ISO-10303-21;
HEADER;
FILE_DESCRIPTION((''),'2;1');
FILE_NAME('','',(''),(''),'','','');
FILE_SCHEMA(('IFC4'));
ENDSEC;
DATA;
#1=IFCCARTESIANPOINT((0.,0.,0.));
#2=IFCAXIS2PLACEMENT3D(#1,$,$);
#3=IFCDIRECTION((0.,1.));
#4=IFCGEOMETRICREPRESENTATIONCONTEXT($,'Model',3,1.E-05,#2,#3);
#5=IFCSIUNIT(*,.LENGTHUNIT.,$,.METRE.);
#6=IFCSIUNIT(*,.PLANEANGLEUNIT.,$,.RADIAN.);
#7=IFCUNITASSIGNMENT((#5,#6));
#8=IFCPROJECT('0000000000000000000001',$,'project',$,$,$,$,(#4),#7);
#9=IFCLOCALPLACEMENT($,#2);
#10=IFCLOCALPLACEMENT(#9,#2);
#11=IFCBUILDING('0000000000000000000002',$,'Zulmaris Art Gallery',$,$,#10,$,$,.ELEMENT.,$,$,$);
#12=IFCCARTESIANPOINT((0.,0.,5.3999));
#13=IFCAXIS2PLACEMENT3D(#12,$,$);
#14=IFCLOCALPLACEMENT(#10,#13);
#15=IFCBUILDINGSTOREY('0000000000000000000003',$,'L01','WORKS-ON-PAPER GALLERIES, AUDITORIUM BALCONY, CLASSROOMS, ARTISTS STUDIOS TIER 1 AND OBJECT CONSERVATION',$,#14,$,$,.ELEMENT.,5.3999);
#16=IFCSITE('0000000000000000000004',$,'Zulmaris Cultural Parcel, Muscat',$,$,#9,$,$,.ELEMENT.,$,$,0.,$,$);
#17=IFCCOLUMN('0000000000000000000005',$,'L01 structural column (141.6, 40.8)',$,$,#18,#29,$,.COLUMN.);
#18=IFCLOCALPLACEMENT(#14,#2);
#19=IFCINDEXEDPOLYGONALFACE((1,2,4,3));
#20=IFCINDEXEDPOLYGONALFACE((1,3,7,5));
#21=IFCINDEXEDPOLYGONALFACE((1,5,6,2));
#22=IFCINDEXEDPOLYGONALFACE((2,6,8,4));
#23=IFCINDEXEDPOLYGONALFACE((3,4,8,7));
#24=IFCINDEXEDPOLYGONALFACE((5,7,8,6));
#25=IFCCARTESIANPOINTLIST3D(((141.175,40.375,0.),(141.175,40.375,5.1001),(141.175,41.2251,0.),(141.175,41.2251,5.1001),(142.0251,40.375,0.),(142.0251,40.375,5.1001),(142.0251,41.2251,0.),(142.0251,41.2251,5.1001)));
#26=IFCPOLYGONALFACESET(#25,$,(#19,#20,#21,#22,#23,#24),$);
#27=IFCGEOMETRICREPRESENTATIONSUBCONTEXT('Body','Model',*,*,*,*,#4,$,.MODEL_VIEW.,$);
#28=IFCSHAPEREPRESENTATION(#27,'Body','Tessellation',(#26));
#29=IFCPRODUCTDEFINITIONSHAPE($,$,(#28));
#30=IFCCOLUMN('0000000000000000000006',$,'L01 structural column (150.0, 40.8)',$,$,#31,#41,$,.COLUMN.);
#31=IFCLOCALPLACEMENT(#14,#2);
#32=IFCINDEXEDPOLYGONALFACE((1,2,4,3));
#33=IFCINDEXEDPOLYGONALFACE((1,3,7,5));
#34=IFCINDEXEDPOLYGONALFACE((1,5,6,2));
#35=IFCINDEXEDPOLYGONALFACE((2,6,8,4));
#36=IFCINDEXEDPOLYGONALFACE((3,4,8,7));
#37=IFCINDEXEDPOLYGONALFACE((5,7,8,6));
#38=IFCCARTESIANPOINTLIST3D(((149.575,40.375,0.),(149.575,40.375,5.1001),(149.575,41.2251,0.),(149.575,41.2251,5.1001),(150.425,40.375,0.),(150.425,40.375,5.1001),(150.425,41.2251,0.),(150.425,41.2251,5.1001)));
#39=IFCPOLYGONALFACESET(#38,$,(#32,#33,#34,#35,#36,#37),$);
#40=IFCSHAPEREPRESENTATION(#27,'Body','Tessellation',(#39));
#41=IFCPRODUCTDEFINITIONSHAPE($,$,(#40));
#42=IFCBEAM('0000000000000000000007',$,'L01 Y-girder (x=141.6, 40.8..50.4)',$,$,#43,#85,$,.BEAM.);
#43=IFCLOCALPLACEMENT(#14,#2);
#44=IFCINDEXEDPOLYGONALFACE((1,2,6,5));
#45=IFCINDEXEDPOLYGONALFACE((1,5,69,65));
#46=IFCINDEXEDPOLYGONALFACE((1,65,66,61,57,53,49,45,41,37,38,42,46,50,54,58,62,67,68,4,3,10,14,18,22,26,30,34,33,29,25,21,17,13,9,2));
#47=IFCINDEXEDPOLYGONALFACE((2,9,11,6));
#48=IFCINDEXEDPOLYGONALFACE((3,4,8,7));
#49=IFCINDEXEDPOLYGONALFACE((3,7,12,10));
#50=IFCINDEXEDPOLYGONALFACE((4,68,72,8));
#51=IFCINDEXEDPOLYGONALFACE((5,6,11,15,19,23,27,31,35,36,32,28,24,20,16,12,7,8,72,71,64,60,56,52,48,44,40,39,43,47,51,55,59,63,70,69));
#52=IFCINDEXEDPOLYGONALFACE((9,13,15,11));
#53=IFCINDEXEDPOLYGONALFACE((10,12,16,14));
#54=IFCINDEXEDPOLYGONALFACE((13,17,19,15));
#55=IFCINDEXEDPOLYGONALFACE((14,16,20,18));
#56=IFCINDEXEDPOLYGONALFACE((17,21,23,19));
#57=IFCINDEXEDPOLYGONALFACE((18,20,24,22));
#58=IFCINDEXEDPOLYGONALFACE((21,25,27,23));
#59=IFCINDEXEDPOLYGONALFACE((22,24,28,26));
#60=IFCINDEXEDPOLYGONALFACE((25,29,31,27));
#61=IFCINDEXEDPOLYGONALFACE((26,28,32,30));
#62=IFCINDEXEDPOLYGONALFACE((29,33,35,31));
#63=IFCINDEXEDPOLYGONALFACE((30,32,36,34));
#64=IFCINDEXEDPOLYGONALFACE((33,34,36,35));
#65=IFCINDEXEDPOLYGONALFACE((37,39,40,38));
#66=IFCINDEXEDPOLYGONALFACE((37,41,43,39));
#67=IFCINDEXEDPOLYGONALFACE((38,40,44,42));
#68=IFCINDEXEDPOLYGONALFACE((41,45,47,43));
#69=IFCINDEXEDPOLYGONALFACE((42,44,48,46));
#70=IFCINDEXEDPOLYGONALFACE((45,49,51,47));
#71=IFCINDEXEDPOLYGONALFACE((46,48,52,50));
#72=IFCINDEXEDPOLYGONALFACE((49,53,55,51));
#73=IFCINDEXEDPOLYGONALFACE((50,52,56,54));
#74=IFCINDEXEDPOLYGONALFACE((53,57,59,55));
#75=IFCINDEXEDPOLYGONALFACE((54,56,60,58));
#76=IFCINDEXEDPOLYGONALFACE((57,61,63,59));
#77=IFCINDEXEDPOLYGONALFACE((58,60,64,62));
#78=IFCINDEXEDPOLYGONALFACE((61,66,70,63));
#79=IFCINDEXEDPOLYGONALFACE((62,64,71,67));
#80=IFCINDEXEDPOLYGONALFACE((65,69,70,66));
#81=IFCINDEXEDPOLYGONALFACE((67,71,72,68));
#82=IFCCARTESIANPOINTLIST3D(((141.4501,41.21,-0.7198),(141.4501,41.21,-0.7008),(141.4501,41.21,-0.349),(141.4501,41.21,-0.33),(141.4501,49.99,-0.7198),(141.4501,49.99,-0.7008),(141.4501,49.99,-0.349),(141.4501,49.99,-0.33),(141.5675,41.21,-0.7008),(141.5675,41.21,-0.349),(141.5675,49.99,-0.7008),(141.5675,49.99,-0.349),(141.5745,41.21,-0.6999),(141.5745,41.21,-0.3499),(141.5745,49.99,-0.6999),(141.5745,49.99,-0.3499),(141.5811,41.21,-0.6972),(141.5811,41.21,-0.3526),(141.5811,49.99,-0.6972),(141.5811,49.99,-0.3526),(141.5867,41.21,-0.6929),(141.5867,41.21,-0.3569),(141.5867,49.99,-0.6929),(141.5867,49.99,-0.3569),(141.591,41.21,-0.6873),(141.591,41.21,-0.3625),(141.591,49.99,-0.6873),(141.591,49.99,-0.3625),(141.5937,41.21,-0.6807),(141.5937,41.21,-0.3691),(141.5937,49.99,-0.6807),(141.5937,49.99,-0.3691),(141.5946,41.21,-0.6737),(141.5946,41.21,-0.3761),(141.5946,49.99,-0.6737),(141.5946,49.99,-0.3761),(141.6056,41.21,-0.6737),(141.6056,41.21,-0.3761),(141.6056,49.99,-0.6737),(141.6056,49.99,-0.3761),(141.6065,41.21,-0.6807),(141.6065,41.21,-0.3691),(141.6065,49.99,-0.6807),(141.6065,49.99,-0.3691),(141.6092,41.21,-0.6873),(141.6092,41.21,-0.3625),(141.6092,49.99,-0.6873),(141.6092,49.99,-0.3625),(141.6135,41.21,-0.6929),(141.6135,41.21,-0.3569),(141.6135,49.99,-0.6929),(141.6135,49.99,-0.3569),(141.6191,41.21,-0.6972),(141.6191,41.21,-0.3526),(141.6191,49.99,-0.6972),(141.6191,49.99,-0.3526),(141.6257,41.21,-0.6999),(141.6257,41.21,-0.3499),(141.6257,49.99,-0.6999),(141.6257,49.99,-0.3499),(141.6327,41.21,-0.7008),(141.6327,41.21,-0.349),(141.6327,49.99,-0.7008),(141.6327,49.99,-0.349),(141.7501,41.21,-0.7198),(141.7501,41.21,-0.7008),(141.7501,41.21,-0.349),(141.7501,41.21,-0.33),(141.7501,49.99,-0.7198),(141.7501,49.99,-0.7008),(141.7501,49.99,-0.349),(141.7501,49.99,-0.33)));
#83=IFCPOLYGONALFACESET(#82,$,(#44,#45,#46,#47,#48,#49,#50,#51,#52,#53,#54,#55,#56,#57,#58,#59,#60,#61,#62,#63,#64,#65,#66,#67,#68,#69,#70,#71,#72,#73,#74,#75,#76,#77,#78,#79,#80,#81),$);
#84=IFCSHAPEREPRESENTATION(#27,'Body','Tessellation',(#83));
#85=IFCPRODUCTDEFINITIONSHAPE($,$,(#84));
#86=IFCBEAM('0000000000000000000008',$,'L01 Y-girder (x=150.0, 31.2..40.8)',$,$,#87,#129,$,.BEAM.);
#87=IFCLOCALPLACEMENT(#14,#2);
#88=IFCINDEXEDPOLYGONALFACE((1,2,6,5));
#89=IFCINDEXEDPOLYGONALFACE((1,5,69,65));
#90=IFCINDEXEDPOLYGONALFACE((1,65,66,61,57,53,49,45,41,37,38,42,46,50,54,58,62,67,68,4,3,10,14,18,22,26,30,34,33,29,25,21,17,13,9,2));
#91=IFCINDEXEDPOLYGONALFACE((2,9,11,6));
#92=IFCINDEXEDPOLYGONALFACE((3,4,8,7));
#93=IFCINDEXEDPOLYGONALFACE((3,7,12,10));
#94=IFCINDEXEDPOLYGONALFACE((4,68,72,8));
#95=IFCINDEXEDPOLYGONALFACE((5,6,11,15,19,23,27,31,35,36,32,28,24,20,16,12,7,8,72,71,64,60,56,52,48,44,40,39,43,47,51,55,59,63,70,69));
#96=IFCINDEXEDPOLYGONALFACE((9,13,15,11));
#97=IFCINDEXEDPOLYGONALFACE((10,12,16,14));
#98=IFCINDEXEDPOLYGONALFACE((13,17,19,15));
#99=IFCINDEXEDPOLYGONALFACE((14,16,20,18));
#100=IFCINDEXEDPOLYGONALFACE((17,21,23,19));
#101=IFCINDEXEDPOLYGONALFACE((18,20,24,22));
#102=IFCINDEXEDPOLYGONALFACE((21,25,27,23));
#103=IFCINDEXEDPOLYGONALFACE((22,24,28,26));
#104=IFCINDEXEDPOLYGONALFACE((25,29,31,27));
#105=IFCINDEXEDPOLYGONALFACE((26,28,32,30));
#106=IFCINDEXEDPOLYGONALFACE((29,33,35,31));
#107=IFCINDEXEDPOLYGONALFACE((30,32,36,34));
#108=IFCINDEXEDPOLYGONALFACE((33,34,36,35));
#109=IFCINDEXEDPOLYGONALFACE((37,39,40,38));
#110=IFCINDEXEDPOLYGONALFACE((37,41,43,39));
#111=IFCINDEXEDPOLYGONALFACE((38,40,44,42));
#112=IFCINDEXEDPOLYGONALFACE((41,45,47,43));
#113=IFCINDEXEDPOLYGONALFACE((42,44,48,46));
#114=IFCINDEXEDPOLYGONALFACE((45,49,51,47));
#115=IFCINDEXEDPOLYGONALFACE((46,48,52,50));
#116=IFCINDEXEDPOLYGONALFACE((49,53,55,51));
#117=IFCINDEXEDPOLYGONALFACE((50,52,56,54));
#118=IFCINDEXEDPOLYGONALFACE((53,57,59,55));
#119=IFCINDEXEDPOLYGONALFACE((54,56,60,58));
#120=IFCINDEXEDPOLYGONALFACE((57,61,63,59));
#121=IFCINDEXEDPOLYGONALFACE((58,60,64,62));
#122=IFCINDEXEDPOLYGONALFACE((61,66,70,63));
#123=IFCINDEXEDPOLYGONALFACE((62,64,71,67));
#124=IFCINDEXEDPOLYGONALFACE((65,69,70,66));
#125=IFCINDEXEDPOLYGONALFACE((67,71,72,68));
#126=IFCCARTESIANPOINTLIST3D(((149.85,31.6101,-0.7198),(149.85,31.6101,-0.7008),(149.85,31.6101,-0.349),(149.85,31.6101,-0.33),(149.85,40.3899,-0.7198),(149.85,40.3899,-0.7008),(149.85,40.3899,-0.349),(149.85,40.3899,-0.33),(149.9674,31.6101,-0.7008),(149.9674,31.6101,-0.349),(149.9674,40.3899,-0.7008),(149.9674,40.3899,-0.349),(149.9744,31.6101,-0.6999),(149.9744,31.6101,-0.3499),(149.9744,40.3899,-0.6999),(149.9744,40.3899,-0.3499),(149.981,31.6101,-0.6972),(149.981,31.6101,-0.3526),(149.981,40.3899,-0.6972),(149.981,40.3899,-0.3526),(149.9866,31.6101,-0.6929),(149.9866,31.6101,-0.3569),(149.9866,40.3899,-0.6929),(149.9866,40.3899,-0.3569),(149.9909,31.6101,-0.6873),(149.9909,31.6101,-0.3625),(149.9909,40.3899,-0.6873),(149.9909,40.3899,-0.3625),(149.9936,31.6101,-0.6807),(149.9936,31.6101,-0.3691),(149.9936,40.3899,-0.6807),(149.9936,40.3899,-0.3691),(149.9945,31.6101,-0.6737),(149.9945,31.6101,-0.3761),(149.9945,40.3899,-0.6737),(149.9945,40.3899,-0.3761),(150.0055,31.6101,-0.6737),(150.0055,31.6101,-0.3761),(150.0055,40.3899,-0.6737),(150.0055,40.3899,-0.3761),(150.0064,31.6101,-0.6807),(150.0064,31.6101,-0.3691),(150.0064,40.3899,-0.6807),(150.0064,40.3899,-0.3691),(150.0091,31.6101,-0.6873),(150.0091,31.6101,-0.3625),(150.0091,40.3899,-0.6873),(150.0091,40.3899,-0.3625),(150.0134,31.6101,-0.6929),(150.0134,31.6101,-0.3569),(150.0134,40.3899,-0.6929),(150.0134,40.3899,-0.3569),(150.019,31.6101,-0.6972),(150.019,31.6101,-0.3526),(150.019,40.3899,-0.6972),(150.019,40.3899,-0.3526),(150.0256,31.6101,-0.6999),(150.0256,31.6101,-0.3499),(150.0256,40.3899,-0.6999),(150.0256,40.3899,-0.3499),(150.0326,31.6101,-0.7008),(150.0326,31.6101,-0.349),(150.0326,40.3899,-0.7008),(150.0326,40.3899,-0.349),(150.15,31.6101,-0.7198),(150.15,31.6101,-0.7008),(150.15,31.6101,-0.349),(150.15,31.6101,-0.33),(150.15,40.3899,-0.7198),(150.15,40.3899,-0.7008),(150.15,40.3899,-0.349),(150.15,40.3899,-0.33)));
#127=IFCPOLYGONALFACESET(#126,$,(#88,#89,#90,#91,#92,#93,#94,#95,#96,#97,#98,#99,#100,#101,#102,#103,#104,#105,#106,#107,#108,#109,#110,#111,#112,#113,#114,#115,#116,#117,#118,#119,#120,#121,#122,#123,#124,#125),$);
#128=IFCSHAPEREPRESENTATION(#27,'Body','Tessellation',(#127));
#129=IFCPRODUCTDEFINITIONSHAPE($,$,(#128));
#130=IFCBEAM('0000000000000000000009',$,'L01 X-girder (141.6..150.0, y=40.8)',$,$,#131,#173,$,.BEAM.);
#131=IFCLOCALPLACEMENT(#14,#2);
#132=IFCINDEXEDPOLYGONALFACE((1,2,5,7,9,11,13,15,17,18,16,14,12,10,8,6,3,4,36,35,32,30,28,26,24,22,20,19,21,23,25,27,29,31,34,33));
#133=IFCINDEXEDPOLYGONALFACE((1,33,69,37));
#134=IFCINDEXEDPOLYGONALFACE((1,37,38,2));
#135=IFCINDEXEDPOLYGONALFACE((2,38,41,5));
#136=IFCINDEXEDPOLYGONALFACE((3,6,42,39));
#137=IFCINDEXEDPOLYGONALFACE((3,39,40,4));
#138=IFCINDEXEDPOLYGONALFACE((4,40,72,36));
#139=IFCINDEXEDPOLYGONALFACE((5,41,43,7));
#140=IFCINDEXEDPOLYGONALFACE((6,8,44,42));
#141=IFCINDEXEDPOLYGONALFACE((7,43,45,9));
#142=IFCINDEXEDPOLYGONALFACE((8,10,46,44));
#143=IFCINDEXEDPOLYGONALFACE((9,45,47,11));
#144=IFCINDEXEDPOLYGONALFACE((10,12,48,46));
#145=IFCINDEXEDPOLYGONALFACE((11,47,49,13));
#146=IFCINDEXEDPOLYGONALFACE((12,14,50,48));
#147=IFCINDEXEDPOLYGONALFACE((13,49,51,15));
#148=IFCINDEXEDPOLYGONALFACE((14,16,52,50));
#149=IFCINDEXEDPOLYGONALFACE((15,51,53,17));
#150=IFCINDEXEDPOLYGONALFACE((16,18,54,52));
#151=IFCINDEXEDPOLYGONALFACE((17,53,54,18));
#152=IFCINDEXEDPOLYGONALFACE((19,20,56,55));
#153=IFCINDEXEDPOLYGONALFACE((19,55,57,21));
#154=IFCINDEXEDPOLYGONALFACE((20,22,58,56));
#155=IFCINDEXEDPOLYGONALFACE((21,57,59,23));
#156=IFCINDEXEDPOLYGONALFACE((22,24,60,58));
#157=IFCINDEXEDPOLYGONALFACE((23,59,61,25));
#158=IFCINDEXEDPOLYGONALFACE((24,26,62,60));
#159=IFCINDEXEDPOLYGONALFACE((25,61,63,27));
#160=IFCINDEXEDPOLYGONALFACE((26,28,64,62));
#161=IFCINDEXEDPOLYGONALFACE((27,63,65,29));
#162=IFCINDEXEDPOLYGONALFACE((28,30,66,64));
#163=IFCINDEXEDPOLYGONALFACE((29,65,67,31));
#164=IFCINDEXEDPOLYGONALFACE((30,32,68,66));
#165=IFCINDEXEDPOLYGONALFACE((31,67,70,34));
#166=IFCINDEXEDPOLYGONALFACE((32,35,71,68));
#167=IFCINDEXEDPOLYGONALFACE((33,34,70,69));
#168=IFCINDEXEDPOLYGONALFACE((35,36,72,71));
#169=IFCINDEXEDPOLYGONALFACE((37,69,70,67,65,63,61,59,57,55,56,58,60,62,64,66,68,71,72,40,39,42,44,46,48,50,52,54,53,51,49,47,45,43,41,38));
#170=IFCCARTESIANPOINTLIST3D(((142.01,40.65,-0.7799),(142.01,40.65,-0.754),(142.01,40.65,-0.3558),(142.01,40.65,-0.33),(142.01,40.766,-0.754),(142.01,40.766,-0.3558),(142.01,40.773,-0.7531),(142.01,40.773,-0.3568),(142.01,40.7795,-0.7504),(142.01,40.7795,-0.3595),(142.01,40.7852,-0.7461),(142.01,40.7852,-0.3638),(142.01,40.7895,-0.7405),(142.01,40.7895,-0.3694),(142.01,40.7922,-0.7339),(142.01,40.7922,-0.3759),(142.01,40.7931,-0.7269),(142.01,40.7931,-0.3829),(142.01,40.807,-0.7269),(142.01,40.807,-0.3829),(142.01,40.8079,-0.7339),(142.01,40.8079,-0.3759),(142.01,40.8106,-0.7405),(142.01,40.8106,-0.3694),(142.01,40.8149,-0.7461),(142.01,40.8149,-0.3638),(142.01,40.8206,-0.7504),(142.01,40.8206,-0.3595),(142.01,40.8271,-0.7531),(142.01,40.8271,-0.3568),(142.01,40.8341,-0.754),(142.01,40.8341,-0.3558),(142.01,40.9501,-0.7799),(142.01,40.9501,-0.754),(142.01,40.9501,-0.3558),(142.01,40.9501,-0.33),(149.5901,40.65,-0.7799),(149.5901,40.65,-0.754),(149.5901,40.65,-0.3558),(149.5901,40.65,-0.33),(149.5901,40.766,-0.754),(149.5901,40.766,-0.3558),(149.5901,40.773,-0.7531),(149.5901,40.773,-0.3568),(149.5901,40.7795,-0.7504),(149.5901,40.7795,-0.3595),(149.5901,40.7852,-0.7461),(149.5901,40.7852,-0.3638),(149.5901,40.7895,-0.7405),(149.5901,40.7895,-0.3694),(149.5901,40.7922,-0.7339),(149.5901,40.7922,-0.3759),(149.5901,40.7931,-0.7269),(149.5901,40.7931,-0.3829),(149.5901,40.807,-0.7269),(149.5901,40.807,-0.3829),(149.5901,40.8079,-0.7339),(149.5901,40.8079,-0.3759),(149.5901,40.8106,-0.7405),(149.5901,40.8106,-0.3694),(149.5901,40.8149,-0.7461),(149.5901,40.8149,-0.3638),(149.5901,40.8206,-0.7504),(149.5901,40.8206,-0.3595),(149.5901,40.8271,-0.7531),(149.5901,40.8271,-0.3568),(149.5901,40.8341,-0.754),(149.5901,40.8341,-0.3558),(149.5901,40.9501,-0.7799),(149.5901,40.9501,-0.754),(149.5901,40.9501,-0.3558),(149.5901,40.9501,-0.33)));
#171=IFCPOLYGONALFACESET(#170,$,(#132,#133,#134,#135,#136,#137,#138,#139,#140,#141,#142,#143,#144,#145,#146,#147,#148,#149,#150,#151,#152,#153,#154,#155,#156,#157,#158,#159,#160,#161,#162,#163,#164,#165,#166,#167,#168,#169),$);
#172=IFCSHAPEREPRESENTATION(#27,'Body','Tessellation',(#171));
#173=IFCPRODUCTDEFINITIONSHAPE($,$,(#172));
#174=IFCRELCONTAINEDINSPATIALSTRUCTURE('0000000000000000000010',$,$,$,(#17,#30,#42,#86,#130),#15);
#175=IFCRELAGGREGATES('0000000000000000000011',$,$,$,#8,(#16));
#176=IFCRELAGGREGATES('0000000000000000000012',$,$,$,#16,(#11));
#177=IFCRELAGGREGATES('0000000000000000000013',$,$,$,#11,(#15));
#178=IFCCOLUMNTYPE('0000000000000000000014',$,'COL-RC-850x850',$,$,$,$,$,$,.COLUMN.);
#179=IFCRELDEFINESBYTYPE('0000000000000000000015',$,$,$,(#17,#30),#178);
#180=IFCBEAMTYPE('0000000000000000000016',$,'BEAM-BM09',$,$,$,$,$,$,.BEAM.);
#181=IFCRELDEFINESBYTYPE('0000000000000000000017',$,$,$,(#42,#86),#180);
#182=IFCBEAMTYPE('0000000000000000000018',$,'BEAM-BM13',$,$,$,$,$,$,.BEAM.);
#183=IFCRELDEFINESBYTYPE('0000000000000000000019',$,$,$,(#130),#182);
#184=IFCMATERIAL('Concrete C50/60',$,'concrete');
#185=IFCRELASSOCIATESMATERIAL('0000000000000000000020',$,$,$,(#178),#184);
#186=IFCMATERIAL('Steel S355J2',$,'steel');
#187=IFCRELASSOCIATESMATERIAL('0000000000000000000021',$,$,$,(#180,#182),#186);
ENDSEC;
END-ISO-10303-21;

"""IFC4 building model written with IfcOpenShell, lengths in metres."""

from ifc_helpers import new_model, si_unit, direction, frame, origin, origin_2d, place, context, subcontext, project, spatial, rectangle, i_section, extrude, material, material_profile, profile_set, type_object, element, save


model = new_model("IFC4")

# Units and contexts
model_context = context("Model", 3, precision=1e-05, world=origin(), true_north=direction((0.0, 1.0)))
body_context = subcontext(model_context, "Body", "Model", "MODEL_VIEW")
ifc_project = project(units=[si_unit("LENGTHUNIT", "METRE"), si_unit("PLANEANGLEUNIT", "RADIAN")], contexts=[model_context])

# Site, building, storey
site_placement = place(None, origin())
site = spatial("IfcSite", under=ifc_project, at=site_placement, Name="Zulmaris Cultural Parcel, Muscat", CompositionType="ELEMENT", RefElevation=0.0)
building_placement = place(site_placement, origin())
building = spatial("IfcBuilding", under=site, at=building_placement, Name="Zulmaris Art Gallery", CompositionType="ELEMENT")
storey_placement = place(building_placement, frame((0.0, 0.0, 5.3999)))
storey = spatial("IfcBuildingStorey", under=building, at=storey_placement, Name="L01", Description="WORKS-ON-PAPER GALLERIES, AUDITORIUM BALCONY, CLASSROOMS, ARTISTS STUDIOS TIER 1 AND OBJECT CONSERVATION", CompositionType="ELEMENT", Elevation=5.3999)

# Columns
ifc_material_1 = material(Name="Concrete C50/60", Category="concrete")
ifc_material_profile_1 = material_profile(ifc_material_1, rectangle(XDim=0.8501, YDim=0.8501, at=origin_2d()), Name="RC 850x850")
ifc_profile_set_1 = profile_set([ifc_material_profile_1], Name="Concrete C50/60")
column_type = type_object("IfcColumnType", Name="COL-RC-850x850", PredefinedType="COLUMN", material=ifc_profile_set_1)
for number, where, z_axis, x_axis, name in (
    (1, (141.6001, 40.8, 0.0), (0.0, 0.0, 1.0), (1.0, 0.0, 0.0), "L01 structural column (141.6, 40.8)"),
    (2, (150.0, 40.8, 0.0), (0.0, 0.0, 1.0), (1.0, 0.0, 0.0), "L01 structural column (150.0, 40.8)"),
):
    element("IfcColumn", number, at=place(storey_placement, frame(where, z_axis=z_axis, x_axis=x_axis)), inside=storey, type_object=column_type, Name=name, PredefinedType="COLUMN", context=body_context, shape_type="SweptSolid", body=[
        extrude(rectangle(XDim=0.8501, YDim=0.8501, at=origin_2d()), origin(), (0.0, 0.0, 1.0), 5.1001),
    ])

# Beams
ifc_material_2 = material(Name="Steel S355J2", Category="steel")
ifc_material_profile_2 = material_profile(ifc_material_2, i_section(OverallWidth=0.3, OverallDepth=0.3899, WebThickness=0.011, FlangeThickness=0.019, FilletRadius=0.0271, at=origin_2d()), Name="HEA 400")
ifc_profile_set_2 = profile_set([ifc_material_profile_2], Name="Steel S355J2")
beam_type_1 = type_object("IfcBeamType", Name="BEAM-BM09", PredefinedType="BEAM", material=ifc_profile_set_2)
beam_1_placement = place(storey_placement, frame((141.6001, 41.21, -0.5249), z_axis=(0.0, 1.0, 0.0), x_axis=(-1.0, 0.0, 0.0)))
element("IfcBeam", 3, at=beam_1_placement, inside=storey, type_object=beam_type_1, Name="L01 Y-girder (x=141.6, 40.8..50.4)", PredefinedType="BEAM", context=body_context, shape_type="SweptSolid", body=[
    extrude(i_section(OverallWidth=0.3, OverallDepth=0.3899, WebThickness=0.011, FlangeThickness=0.019, FilletRadius=0.0271, at=origin_2d()), origin(), (0.0, 0.0, 1.0), 8.78),
])
beam_2_placement = place(storey_placement, frame((150.0, 31.6101, -0.5249), z_axis=(0.0, 1.0, 0.0), x_axis=(-1.0, 0.0, 0.0)))
element("IfcBeam", 4, at=beam_2_placement, inside=storey, type_object=beam_type_1, Name="L01 Y-girder (x=150.0, 31.2..40.8)", PredefinedType="BEAM", context=body_context, shape_type="SweptSolid", body=[
    extrude(i_section(OverallWidth=0.3, OverallDepth=0.3899, WebThickness=0.011, FlangeThickness=0.019, FilletRadius=0.0271, at=origin_2d()), origin(), (0.0, 0.0, 1.0), 8.7798),
])
ifc_material_profile_3 = material_profile(ifc_material_2, i_section(OverallWidth=0.3, OverallDepth=0.45, WebThickness=0.0139, FlangeThickness=0.0259, FilletRadius=0.0271, at=origin_2d()), Name="HEB 450")
ifc_profile_set_3 = profile_set([ifc_material_profile_3], Name="Steel S355J2")
beam_type_2 = type_object("IfcBeamType", Name="BEAM-BM13", PredefinedType="BEAM", material=ifc_profile_set_3)
beam_3_placement = place(storey_placement, frame((142.01, 40.8, -0.5549), z_axis=(1.0, 0.0, 0.0), x_axis=(0.0, 1.0, 0.0)))
element("IfcBeam", 5, at=beam_3_placement, inside=storey, type_object=beam_type_2, Name="L01 X-girder (141.6..150.0, y=40.8)", PredefinedType="BEAM", context=body_context, shape_type="SweptSolid", body=[
    extrude(i_section(OverallWidth=0.3, OverallDepth=0.45, WebThickness=0.0139, FlangeThickness=0.0259, FilletRadius=0.0271, at=origin_2d()), origin(), (0.0, 0.0, 1.0), 7.5801),
])

save(model, "model.ifc")
